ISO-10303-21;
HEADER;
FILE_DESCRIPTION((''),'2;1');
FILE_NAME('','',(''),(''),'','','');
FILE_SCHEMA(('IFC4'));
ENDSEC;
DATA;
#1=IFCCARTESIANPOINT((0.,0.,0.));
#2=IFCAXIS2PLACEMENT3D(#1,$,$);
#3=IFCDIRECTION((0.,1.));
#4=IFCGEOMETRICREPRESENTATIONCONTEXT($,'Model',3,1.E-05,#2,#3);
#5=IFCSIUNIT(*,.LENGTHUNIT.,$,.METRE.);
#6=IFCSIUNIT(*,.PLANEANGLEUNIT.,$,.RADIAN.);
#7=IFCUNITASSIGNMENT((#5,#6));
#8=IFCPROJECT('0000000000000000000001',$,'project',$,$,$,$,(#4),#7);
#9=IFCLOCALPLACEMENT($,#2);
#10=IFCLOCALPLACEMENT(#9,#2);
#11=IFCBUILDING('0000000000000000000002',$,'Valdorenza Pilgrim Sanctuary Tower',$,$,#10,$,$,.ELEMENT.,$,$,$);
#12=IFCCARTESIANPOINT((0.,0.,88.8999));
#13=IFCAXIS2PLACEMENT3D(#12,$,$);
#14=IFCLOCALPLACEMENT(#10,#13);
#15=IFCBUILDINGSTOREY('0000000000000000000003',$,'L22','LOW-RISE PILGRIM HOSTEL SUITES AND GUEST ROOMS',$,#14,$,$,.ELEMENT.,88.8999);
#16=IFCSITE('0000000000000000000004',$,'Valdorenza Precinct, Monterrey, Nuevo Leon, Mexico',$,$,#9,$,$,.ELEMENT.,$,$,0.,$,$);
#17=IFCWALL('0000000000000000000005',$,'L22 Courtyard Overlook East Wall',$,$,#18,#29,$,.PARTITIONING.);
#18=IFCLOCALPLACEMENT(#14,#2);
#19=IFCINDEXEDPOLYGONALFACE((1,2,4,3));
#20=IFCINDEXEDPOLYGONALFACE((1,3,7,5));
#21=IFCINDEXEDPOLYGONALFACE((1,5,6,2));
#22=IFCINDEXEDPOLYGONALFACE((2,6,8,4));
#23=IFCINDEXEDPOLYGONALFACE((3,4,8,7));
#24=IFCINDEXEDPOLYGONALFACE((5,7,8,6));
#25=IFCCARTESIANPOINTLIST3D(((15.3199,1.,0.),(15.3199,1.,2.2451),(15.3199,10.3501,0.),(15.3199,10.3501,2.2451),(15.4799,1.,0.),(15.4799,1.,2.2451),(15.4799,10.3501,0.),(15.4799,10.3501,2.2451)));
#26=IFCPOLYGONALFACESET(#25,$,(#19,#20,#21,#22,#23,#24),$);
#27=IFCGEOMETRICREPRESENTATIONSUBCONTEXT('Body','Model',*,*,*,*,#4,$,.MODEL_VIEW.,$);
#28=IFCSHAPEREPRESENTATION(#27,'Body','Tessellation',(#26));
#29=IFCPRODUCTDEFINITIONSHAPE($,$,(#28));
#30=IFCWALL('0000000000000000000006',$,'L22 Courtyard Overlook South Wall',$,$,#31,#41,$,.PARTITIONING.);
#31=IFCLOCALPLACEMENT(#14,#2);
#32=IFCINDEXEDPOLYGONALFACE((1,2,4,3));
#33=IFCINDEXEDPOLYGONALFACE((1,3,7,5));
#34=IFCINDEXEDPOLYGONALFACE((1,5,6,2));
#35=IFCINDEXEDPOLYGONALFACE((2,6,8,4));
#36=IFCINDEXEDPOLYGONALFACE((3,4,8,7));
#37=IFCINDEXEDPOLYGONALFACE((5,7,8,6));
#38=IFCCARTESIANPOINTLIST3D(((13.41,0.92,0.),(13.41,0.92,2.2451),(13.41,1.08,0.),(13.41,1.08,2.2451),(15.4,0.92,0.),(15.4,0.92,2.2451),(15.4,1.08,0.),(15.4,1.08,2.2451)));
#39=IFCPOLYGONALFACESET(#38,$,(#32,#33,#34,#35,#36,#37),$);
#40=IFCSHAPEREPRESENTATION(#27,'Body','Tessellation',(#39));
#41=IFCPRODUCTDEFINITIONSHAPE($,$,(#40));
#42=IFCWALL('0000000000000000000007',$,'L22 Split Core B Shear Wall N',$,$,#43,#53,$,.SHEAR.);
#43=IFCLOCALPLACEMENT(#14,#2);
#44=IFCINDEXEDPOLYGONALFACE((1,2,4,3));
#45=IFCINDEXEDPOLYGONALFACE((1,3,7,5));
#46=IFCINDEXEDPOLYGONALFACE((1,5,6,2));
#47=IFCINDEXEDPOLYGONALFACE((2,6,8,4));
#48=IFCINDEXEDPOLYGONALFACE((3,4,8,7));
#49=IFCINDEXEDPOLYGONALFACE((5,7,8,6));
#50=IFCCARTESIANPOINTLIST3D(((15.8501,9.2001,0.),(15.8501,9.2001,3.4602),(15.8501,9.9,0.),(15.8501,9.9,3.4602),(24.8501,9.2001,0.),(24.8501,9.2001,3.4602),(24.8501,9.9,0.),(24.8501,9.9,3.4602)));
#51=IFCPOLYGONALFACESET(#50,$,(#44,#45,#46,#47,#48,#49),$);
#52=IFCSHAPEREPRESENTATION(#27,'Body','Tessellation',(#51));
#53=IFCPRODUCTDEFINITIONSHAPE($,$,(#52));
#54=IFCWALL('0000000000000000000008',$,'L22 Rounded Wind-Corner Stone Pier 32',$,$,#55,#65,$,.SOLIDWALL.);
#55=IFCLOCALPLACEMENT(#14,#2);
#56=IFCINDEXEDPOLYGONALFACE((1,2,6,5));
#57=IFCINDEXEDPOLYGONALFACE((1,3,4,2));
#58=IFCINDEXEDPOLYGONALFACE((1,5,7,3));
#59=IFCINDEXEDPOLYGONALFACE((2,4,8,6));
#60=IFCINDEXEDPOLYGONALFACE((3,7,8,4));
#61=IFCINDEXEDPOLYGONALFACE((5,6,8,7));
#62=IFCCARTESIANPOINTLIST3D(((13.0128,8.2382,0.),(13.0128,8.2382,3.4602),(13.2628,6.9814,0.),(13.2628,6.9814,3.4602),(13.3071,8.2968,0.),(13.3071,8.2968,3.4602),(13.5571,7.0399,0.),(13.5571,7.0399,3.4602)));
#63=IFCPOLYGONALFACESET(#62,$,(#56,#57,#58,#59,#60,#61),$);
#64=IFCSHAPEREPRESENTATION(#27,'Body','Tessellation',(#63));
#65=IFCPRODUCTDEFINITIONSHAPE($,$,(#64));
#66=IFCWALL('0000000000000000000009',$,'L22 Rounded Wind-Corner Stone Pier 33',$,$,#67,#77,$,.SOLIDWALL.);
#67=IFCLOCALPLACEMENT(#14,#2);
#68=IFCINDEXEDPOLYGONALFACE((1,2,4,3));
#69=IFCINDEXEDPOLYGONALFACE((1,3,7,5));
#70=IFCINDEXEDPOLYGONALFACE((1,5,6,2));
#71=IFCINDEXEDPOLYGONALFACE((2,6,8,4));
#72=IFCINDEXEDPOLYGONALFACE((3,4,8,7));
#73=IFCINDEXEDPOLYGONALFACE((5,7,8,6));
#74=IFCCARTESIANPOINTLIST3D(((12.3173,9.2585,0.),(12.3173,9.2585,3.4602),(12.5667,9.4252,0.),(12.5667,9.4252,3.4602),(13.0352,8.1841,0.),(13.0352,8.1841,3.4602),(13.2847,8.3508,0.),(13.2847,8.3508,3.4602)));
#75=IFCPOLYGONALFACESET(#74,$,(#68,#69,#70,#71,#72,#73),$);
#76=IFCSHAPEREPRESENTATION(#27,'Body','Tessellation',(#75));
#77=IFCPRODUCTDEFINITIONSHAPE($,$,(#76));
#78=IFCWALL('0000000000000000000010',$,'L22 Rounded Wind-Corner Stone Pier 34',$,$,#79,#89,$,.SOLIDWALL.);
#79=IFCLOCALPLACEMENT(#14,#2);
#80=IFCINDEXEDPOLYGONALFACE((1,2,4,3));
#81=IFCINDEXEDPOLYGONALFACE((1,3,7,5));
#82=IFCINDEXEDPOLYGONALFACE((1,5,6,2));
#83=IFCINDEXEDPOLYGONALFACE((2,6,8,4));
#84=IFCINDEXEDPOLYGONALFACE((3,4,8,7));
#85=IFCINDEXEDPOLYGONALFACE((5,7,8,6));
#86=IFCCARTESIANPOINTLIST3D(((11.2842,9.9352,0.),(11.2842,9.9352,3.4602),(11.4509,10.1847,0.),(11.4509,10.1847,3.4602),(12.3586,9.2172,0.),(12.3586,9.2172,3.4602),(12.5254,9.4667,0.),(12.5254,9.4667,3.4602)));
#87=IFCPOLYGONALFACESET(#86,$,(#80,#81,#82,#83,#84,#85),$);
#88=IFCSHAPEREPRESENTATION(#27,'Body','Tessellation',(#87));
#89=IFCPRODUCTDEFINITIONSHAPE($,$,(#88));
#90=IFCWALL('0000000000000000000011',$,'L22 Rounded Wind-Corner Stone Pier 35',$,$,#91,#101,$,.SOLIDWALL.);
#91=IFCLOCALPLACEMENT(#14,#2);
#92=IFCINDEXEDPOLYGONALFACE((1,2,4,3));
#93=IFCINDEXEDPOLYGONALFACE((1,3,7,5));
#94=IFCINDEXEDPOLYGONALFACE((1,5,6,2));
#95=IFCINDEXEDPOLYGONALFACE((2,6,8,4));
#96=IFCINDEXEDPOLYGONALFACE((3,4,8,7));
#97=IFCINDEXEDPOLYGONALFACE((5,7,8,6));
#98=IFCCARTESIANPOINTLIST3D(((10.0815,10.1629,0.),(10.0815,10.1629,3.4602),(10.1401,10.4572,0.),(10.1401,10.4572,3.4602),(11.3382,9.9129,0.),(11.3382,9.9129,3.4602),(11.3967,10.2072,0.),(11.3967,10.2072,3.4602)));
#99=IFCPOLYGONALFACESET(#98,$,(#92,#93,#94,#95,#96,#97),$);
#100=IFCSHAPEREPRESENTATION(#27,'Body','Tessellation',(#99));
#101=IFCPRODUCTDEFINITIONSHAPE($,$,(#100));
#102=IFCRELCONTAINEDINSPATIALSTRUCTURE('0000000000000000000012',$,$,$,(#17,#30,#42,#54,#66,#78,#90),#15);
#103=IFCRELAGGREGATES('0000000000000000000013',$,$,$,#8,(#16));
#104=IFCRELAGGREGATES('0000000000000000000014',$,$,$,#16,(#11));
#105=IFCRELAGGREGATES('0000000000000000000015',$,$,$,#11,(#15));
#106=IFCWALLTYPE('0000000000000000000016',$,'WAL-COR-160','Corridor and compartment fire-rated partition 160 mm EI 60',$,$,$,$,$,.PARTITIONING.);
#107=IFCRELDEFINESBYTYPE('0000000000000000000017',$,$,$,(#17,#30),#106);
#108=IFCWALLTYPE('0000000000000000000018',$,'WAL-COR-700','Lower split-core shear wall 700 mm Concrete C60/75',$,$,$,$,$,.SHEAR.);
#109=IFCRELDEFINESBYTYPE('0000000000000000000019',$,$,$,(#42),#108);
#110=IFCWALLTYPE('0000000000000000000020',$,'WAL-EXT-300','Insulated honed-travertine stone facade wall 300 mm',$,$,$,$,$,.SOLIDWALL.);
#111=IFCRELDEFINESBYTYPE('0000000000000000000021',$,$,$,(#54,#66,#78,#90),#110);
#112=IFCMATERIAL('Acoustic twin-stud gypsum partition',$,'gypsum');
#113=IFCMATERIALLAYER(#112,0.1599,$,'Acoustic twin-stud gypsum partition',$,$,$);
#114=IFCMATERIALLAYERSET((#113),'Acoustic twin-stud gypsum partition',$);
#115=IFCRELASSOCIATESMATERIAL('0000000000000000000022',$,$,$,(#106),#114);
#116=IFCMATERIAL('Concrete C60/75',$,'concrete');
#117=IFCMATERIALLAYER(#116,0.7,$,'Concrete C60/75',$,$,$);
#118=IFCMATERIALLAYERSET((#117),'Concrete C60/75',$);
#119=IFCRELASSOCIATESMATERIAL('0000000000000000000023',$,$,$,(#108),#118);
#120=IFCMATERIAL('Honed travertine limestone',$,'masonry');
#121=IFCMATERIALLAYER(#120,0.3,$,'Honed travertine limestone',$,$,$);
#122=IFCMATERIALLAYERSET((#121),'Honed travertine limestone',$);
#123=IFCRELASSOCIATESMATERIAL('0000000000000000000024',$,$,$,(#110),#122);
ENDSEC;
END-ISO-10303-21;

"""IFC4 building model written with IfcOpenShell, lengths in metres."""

from ifc_helpers import new_model, si_unit, direction, frame, frame_2d, origin, place, context, subcontext, project, spatial, rectangle, extrude, material, layer, layer_set, type_object, element, save


model = new_model("IFC4")

# Units and contexts
model_context = context("Model", 3, precision=1e-05, world=origin(), true_north=direction((0.0, 1.0)))
body_context = subcontext(model_context, "Body", "Model", "MODEL_VIEW")
ifc_project = project(units=[si_unit("LENGTHUNIT", "METRE"), si_unit("PLANEANGLEUNIT", "RADIAN")], contexts=[model_context])

# Site, building, storey
site_placement = place(None, origin())
site = spatial("IfcSite", under=ifc_project, at=site_placement, Name="Valdorenza Precinct, Monterrey, Nuevo Leon, Mexico", CompositionType="ELEMENT", RefElevation=0.0)
building_placement = place(site_placement, origin())
building = spatial("IfcBuilding", under=site, at=building_placement, Name="Valdorenza Pilgrim Sanctuary Tower", CompositionType="ELEMENT")
storey_placement = place(building_placement, frame((0.0, 0.0, 88.8999)))
storey = spatial("IfcBuildingStorey", under=building, at=storey_placement, Name="L22", Description="LOW-RISE PILGRIM HOSTEL SUITES AND GUEST ROOMS", CompositionType="ELEMENT", Elevation=88.8999)

# Shared definitions
ifc_material_1 = material(Name="Honed travertine limestone", Category="masonry")

# Shared definitions
ifc_material_2 = material(Name="Acoustic twin-stud gypsum partition", Category="gypsum")
ifc_layer_1 = layer(ifc_material_2, 0.1599, Name="Acoustic twin-stud gypsum partition")
ifc_layer_set_1 = layer_set([ifc_layer_1], Name="Acoustic twin-stud gypsum partition")
wall_type_1 = type_object("IfcWallType", Name="WAL-COR-160", Description="Corridor and compartment fire-rated partition 160 mm EI 60", PredefinedType="PARTITIONING", material=ifc_layer_set_1)

# Walls
wall_1_placement = place(storey_placement, frame((15.3999, 1.0, 0.0), z_axis=(0.0, 0.0, 1.0), x_axis=(0.0, 1.0, 0.0)))
element("IfcWall", 1, at=wall_1_placement, inside=storey, type_object=wall_type_1, Name="L22 Courtyard Overlook East Wall", PredefinedType="PARTITIONING", context=body_context, shape_type="SweptSolid", body=[
    extrude(rectangle(XDim=9.3501, YDim=0.1599, at=frame_2d((4.675, 0.0))), origin(), (0.0, 0.0, 1.0), 2.2451),
])
wall_2_placement = place(storey_placement, frame((13.4099, 1.0, 0.0), z_axis=(0.0, 0.0, 1.0), x_axis=(1.0, 0.0, 0.0)))
element("IfcWall", 2, at=wall_2_placement, inside=storey, type_object=wall_type_1, Name="L22 Courtyard Overlook South Wall", PredefinedType="PARTITIONING", context=body_context, shape_type="SweptSolid", body=[
    extrude(rectangle(XDim=1.99, YDim=0.1599, at=frame_2d((0.9951, 0.0))), origin(), (0.0, 0.0, 1.0), 2.2451),
])
ifc_material_3 = material(Name="Concrete C60/75", Category="concrete")
ifc_layer_2 = layer(ifc_material_3, 0.7, Name="Concrete C60/75")
ifc_layer_set_2 = layer_set([ifc_layer_2], Name="Concrete C60/75")
wall_type_2 = type_object("IfcWallType", Name="WAL-COR-700", Description="Lower split-core shear wall 700 mm Concrete C60/75", PredefinedType="SHEAR", material=ifc_layer_set_2)
wall_3_placement = place(storey_placement, frame((15.8501, 9.55, 0.0), z_axis=(0.0, 0.0, 1.0), x_axis=(1.0, 0.0, 0.0)))
element("IfcWall", 3, at=wall_3_placement, inside=storey, type_object=wall_type_2, Name="L22 Split Core B Shear Wall N", PredefinedType="SHEAR", context=body_context, shape_type="SweptSolid", body=[
    extrude(rectangle(XDim=9.0, YDim=0.7, at=frame_2d((4.5, 0.0))), origin(), (0.0, 0.0, 1.0), 3.4602),
])
ifc_layer_3 = layer(ifc_material_1, 0.3, Name="Honed travertine limestone")
ifc_layer_set_3 = layer_set([ifc_layer_3], Name="Honed travertine limestone")
wall_type_3 = type_object("IfcWallType", Name="WAL-EXT-300", Description="Insulated honed-travertine stone facade wall 300 mm", PredefinedType="SOLIDWALL", material=ifc_layer_set_3)
wall_4_placement = place(storey_placement, frame((13.4099, 7.0107, 0.0), z_axis=(0.0, 0.0, 1.0), x_axis=(-0.19509, 0.980785, 0.0)))
element("IfcWall", 4, at=wall_4_placement, inside=storey, type_object=wall_type_3, Name="L22 Rounded Wind-Corner Stone Pier 32", PredefinedType="SOLIDWALL", context=body_context, shape_type="SweptSolid", body=[
    extrude(rectangle(XDim=1.2815, YDim=0.3, at=frame_2d((0.6406, 0.0))), origin(), (0.0, 0.0, 1.0), 3.4602),
])
for number, where, z_axis, x_axis, name in (
    (5, (13.1599, 8.2676, 0.0), (0.0, 0.0, 1.0), (-0.555615, 0.831439, 0.0), "L22 Rounded Wind-Corner Stone Pier 33"),
    (6, (12.4419, 9.342, 0.0), (0.0, 0.0, 1.0), (-0.831439, 0.555615, 0.0), "L22 Rounded Wind-Corner Stone Pier 34"),
):
    element("IfcWall", number, at=place(storey_placement, frame(where, z_axis=z_axis, x_axis=x_axis)), inside=storey, type_object=wall_type_3, Name=name, PredefinedType="SOLIDWALL", context=body_context, shape_type="SweptSolid", body=[
        extrude(rectangle(XDim=1.2922, YDim=0.3, at=frame_2d((0.646, 0.0))), origin(), (0.0, 0.0, 1.0), 3.4602),
    ])
wall_5_placement = place(storey_placement, frame((11.3674, 10.0601, 0.0), z_axis=(0.0, 0.0, 1.0), x_axis=(-0.980778, 0.195127, 0.0)))
element("IfcWall", 7, at=wall_5_placement, inside=storey, type_object=wall_type_3, Name="L22 Rounded Wind-Corner Stone Pier 35", PredefinedType="SOLIDWALL", context=body_context, shape_type="SweptSolid", body=[
    extrude(rectangle(XDim=1.2812, YDim=0.3, at=frame_2d((0.6406, 0.0))), origin(), (0.0, 0.0, 1.0), 3.4602),
])

save(model, "model.ifc")
